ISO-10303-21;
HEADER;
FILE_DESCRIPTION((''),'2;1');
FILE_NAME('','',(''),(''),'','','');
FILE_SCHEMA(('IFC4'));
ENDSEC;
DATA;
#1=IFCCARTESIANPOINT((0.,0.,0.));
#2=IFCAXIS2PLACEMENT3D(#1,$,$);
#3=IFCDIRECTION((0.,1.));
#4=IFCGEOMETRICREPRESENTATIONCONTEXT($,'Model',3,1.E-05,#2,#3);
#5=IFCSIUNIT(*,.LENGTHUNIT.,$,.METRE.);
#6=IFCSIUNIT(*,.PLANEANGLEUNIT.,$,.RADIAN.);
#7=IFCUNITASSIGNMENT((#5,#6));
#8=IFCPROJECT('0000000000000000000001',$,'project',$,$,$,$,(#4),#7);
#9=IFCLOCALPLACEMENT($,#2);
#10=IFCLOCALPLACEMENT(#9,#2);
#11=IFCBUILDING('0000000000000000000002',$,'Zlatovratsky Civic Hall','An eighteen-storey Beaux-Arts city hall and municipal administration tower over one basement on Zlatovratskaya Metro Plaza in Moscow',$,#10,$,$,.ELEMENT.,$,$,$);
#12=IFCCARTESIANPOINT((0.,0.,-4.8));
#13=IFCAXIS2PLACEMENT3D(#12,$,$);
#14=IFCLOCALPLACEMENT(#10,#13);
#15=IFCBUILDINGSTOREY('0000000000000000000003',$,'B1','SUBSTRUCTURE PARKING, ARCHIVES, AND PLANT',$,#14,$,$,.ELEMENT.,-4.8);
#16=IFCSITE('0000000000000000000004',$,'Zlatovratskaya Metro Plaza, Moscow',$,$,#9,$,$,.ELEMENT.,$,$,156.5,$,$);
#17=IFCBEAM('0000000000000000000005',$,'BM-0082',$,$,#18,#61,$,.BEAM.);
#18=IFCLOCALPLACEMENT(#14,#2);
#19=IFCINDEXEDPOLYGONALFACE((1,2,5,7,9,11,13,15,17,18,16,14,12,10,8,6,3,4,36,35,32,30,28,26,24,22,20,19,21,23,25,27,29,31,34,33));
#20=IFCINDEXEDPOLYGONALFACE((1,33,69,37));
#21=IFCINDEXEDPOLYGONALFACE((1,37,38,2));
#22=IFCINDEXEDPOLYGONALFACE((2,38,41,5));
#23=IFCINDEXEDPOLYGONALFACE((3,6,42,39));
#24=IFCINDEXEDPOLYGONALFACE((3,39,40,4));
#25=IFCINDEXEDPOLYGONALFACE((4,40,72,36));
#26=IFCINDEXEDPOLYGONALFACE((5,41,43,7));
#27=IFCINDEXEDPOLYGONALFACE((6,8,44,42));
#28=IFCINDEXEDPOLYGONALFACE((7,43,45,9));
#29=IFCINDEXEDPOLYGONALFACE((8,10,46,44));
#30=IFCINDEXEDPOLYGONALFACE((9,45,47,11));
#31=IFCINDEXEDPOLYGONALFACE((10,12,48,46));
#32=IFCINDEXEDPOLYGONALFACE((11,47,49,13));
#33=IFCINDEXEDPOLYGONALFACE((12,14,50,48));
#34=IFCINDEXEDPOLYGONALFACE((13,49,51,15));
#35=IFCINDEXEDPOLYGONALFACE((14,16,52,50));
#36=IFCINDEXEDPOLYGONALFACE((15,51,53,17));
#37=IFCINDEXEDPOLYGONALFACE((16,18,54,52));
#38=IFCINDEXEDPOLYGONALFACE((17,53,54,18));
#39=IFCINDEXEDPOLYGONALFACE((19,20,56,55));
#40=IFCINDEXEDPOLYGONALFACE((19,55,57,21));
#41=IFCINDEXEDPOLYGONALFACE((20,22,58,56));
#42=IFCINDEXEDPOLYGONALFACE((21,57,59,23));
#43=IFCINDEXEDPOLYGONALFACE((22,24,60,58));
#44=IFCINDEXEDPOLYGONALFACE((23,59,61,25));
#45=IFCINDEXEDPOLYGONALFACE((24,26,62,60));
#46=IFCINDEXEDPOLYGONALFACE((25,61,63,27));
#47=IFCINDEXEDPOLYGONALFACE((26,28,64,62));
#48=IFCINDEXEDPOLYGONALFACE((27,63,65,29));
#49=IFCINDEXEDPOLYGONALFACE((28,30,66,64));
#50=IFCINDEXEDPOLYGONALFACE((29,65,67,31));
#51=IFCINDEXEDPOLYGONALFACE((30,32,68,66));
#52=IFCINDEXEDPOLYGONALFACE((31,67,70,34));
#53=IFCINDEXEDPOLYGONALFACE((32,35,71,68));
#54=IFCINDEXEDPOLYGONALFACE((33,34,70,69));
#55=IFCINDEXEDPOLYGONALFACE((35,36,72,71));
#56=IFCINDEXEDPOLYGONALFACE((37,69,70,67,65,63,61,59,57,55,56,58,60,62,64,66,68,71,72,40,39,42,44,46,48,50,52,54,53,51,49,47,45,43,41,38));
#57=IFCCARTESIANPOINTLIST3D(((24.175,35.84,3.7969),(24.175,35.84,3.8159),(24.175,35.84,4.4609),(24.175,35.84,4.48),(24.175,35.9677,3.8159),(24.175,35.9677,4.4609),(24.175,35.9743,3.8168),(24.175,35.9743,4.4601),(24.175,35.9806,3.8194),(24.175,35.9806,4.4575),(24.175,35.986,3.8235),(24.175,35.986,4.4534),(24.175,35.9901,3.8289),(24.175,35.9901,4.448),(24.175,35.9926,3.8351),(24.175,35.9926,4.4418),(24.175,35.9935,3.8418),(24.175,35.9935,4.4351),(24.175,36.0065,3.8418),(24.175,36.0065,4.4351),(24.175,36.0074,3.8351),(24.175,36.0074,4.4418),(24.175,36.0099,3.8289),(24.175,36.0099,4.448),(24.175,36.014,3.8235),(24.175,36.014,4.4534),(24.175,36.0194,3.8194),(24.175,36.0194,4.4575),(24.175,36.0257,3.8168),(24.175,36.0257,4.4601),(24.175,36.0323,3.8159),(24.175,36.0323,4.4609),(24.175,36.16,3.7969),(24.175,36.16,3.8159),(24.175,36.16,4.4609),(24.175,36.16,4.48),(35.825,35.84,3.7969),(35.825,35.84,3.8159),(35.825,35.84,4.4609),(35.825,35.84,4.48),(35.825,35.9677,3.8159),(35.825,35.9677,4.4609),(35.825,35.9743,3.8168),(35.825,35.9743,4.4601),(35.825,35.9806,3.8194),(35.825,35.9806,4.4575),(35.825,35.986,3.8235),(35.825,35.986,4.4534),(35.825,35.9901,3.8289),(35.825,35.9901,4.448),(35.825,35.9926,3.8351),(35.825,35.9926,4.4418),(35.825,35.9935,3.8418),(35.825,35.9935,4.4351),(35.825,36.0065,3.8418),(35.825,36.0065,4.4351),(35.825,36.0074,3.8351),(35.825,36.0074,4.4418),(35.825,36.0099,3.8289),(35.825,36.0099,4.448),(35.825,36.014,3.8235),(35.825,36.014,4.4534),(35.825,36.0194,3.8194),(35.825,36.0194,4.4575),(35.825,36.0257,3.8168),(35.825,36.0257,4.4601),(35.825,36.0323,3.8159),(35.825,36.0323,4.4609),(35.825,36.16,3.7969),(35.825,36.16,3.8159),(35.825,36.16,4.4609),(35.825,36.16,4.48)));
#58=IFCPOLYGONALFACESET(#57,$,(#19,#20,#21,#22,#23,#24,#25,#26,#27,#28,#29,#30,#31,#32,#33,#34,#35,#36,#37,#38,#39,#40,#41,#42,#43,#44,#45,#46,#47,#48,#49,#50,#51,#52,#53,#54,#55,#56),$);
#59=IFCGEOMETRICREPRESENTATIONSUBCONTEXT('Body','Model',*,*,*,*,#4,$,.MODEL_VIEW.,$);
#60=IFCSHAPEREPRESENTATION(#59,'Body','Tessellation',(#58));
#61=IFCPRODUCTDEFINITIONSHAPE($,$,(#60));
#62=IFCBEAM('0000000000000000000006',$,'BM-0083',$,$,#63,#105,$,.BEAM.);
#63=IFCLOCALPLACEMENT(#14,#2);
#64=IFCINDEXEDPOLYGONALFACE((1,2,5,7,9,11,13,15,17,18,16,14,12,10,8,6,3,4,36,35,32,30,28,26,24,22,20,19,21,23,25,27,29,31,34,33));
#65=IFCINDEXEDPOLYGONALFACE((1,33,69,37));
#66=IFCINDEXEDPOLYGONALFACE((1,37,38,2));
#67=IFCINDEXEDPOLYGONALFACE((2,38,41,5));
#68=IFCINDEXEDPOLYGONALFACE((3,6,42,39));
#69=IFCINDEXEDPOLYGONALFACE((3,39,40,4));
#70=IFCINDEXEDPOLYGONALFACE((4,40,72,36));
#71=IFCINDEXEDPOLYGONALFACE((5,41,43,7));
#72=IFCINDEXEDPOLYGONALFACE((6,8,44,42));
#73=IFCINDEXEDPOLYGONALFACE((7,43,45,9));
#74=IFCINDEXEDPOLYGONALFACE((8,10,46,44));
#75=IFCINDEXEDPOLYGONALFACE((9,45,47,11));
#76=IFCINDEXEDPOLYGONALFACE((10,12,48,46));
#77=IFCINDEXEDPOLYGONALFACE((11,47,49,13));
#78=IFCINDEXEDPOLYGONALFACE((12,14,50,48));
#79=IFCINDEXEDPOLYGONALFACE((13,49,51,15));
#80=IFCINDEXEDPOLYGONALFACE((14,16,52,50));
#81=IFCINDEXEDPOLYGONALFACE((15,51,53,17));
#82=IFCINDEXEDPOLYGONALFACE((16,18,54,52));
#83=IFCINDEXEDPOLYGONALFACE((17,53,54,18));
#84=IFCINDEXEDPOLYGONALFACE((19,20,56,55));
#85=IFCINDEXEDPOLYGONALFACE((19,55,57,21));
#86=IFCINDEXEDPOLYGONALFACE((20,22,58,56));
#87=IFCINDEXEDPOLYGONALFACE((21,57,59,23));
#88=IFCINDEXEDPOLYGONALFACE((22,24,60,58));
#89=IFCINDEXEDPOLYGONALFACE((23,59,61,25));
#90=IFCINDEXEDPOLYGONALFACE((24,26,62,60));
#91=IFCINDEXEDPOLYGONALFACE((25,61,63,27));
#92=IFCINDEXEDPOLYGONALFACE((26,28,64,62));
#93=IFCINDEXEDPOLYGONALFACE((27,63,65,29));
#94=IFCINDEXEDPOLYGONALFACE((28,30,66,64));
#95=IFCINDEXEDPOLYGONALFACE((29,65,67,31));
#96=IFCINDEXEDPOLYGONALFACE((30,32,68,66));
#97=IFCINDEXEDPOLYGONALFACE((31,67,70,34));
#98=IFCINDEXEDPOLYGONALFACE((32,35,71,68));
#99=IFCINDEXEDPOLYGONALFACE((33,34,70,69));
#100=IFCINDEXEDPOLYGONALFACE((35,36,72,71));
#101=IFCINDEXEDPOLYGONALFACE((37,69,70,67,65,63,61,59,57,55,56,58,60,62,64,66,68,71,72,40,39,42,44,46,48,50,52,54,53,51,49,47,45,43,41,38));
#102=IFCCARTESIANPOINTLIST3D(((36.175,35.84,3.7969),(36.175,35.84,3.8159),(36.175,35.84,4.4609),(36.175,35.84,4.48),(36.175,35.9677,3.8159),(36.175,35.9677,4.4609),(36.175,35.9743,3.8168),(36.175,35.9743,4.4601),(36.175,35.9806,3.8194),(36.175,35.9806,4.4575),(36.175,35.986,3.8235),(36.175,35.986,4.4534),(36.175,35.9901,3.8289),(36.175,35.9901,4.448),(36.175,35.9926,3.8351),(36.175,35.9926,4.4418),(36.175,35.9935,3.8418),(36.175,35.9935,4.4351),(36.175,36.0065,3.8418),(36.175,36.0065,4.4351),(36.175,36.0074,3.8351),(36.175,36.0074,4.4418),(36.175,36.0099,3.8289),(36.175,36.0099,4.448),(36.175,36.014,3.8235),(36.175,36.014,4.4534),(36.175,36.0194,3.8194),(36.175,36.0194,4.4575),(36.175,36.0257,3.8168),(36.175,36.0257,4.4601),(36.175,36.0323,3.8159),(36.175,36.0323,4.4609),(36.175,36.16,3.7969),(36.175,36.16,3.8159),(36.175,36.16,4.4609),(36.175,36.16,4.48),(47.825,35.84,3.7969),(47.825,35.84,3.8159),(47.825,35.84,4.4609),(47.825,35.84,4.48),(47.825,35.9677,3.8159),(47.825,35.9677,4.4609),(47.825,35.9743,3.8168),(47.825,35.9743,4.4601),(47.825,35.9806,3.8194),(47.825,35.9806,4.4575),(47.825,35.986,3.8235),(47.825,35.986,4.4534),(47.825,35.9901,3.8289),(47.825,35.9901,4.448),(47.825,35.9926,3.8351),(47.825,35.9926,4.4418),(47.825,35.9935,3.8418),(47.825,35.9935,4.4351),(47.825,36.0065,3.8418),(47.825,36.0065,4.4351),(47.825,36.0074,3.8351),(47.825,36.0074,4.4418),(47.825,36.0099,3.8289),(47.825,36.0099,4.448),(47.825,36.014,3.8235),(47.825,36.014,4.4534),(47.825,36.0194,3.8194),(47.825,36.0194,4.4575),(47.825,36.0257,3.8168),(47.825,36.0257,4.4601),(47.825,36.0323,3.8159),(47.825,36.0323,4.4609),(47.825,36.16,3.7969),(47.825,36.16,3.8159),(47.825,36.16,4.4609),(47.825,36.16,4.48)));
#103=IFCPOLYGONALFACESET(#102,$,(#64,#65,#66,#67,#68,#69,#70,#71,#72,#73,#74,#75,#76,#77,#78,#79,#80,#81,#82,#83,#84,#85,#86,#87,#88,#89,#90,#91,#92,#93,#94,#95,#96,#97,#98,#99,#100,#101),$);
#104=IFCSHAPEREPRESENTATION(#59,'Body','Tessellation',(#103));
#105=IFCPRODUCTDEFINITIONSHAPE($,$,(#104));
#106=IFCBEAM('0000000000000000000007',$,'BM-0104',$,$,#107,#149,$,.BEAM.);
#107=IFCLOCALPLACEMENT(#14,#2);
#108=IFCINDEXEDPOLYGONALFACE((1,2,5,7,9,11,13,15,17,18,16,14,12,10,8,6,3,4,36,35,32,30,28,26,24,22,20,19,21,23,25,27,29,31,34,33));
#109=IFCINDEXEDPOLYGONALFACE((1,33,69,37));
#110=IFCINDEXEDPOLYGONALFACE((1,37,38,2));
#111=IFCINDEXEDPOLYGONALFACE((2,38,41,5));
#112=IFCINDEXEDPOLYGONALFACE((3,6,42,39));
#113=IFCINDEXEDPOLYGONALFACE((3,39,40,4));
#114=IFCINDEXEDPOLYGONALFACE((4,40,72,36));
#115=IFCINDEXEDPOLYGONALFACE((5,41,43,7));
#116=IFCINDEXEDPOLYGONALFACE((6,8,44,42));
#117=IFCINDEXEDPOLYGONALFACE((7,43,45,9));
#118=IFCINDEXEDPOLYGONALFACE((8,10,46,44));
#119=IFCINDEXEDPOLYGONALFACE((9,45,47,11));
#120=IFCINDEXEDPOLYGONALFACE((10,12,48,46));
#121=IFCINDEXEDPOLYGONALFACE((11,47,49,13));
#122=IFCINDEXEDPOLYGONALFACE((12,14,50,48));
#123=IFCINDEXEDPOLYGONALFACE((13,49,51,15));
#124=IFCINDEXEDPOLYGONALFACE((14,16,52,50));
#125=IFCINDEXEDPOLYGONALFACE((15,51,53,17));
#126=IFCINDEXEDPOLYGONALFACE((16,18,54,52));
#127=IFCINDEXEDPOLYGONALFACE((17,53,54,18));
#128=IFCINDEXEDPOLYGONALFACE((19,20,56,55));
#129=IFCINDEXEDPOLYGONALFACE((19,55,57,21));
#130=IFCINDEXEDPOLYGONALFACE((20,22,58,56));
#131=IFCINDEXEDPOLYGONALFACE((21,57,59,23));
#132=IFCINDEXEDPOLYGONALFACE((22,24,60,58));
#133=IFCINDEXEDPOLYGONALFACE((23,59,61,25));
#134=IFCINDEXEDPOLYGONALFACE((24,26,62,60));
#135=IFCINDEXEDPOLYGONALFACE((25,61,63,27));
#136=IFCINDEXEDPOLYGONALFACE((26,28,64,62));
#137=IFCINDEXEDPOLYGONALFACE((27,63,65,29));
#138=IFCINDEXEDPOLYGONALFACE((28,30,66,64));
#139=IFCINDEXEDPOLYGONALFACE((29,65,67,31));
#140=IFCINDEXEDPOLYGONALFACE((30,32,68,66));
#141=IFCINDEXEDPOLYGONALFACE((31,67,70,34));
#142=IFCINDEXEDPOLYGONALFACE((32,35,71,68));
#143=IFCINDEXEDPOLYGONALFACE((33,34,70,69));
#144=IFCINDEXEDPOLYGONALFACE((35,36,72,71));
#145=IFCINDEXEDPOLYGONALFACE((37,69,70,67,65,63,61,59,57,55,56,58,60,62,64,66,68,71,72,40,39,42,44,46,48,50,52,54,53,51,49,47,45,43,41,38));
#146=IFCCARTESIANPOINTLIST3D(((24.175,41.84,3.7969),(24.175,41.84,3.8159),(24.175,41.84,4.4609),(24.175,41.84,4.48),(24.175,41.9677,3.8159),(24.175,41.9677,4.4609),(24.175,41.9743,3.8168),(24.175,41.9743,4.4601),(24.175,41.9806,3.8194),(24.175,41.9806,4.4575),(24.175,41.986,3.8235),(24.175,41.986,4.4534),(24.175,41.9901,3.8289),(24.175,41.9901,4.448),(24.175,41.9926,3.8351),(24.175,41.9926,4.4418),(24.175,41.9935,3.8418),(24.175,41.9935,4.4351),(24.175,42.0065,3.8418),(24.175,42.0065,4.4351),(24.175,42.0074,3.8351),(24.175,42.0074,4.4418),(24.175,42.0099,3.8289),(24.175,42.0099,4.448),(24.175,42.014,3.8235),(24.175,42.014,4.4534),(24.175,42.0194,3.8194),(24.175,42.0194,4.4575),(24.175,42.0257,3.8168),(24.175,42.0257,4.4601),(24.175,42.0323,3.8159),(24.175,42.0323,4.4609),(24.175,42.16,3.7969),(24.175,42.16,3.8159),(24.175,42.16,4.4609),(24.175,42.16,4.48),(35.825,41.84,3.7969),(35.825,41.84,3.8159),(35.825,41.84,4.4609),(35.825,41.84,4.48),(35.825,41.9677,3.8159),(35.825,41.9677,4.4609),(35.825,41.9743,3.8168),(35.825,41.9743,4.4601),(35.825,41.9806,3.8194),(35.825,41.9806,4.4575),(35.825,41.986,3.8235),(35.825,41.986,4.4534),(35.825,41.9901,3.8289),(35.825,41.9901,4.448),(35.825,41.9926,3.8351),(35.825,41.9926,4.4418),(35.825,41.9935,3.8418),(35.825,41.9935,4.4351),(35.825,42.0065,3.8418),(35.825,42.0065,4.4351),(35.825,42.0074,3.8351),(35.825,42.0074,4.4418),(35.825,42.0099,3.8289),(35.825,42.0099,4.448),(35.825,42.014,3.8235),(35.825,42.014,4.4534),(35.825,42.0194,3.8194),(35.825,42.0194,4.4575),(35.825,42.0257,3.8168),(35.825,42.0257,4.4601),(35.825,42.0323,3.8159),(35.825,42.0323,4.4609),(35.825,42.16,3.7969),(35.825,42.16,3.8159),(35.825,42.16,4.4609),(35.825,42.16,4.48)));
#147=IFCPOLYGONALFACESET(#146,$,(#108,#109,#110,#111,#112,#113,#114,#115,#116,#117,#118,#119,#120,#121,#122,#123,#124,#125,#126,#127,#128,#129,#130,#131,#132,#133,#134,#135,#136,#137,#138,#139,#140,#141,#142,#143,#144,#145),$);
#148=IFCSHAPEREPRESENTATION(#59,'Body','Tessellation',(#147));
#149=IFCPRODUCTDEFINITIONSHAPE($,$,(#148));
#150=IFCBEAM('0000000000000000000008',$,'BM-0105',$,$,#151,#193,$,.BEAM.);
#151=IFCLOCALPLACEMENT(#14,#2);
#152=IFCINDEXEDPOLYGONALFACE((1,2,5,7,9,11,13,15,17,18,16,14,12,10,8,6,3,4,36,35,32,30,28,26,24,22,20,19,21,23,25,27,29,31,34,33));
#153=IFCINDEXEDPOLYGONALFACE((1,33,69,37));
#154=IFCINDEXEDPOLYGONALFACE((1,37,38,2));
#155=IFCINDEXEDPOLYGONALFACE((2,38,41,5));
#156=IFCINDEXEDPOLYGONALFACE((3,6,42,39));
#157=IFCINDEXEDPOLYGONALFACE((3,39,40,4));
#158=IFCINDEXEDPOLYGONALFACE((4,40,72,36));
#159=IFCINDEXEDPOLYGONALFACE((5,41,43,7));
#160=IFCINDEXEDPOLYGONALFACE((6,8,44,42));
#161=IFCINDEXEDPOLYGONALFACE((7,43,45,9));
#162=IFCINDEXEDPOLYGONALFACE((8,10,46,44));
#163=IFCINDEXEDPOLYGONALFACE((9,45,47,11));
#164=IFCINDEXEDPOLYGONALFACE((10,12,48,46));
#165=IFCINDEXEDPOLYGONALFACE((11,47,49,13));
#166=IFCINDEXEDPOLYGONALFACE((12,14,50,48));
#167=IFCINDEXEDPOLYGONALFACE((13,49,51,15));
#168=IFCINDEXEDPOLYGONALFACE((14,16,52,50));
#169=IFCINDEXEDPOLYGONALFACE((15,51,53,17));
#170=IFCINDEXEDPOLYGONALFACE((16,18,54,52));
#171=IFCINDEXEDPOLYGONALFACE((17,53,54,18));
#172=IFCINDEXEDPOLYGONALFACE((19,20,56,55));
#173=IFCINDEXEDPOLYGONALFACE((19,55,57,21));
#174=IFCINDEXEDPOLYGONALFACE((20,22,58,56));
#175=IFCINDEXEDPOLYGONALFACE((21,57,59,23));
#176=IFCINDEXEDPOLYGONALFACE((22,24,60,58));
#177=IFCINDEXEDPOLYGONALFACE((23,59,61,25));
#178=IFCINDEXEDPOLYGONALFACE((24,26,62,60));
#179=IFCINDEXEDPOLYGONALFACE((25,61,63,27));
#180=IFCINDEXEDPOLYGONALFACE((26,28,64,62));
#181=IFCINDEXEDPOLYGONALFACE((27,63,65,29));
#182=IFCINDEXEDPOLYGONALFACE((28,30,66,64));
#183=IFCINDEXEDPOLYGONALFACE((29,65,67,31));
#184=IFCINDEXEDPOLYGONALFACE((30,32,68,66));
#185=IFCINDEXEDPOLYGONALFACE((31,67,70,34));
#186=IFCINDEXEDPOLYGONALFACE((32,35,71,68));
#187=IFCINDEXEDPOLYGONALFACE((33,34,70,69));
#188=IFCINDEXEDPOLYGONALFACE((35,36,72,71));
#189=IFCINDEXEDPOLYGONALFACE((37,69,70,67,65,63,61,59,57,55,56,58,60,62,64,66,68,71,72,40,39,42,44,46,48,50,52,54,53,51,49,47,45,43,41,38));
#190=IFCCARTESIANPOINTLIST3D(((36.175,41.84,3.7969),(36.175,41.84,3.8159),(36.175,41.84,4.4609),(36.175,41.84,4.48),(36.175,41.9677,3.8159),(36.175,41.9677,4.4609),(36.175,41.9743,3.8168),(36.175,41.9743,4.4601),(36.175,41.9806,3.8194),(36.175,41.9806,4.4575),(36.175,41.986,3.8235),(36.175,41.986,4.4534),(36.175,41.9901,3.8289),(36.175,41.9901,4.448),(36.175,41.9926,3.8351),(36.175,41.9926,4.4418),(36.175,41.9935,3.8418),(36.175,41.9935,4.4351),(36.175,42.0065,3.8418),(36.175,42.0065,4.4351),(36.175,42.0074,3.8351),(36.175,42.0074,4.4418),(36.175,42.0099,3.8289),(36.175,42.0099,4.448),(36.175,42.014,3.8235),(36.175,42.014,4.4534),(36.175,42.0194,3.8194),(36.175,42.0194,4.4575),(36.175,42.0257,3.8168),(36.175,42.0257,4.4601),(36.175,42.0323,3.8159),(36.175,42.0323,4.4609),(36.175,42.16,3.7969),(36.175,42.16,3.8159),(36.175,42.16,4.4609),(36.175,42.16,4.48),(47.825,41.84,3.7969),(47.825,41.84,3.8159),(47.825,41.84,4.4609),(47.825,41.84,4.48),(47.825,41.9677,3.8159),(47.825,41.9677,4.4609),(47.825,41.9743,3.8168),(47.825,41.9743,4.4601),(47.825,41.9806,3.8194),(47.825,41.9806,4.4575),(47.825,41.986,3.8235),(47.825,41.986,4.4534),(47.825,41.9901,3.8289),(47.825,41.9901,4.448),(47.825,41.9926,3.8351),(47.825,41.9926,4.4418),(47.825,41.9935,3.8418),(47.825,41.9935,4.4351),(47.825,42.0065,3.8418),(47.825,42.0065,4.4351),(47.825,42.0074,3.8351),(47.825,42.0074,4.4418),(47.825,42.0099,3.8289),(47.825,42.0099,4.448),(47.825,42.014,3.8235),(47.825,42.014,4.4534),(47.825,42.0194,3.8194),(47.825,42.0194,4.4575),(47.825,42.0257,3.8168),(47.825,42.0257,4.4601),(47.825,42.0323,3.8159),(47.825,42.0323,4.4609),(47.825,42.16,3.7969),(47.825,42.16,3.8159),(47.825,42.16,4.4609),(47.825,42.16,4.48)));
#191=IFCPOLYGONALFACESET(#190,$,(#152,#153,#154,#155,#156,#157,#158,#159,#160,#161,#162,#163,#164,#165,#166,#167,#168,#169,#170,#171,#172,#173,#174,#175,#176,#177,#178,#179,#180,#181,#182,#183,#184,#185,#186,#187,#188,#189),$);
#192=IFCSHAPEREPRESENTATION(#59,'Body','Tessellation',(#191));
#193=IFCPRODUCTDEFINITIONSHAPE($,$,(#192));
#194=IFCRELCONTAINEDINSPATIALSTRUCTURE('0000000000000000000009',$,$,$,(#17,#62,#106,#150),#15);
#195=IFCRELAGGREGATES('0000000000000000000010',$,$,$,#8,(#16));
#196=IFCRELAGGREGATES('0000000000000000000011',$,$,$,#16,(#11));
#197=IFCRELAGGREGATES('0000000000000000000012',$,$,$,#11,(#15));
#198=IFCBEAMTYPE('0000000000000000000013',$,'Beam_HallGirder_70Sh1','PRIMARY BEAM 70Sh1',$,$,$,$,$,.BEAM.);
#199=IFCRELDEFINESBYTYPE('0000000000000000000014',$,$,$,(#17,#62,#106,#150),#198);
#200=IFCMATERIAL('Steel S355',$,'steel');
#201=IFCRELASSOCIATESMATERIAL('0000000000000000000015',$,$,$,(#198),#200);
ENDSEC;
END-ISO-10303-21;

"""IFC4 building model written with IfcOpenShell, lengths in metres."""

from ifc_helpers import new_model, si_unit, direction, frame, origin, origin_2d, place, context, subcontext, project, spatial, i_section, extrude, material, material_profile, profile_set, type_object, element, save


model = new_model("IFC4")

# Units and contexts
model_context = context("Model", 3, precision=1e-05, world=origin(), true_north=direction((0.0, 1.0)))
body_context = subcontext(model_context, "Body", "Model", "MODEL_VIEW")
ifc_project = project(units=[si_unit("LENGTHUNIT", "METRE"), si_unit("PLANEANGLEUNIT", "RADIAN")], contexts=[model_context])

# Site, building, storey
site_placement = place(None, origin())
site = spatial("IfcSite", under=ifc_project, at=site_placement, Name="Zlatovratskaya Metro Plaza, Moscow", CompositionType="ELEMENT", RefElevation=156.5)
building_placement = place(site_placement, origin())
building = spatial("IfcBuilding", under=site, at=building_placement, Name="Zlatovratsky Civic Hall", Description="An eighteen-storey Beaux-Arts city hall and municipal administration tower over one basement on Zlatovratskaya Metro Plaza in Moscow", CompositionType="ELEMENT")
storey_placement = place(building_placement, frame((0.0, 0.0, -4.8)))
storey = spatial("IfcBuildingStorey", under=building, at=storey_placement, Name="B1", Description="SUBSTRUCTURE PARKING, ARCHIVES, AND PLANT", CompositionType="ELEMENT", Elevation=-4.8)

# Shared definitions
ifc_material_1 = material(Name="Steel S355", Category="steel")

# Beams
ifc_material_profile_1 = material_profile(ifc_material_1, i_section(OverallWidth=0.3201, OverallDepth=0.6831, WebThickness=0.0129, FlangeThickness=0.019, FilletRadius=0.0259, at=origin_2d()), Name="70Sh1")
ifc_profile_set_1 = profile_set([ifc_material_profile_1], Name="Steel S355")
beam_type_1 = type_object("IfcBeamType", Name="Beam_HallGirder_70Sh1", Description="PRIMARY BEAM 70Sh1", PredefinedType="BEAM", material=ifc_profile_set_1)
for number, where, z_axis, x_axis, name in (
    (1, (24.175, 36.0, 4.1384), (1.0, 0.0, 0.0), (0.0, 1.0, 0.0), "BM-0082"),
    (2, (36.175, 36.0, 4.1384), (1.0, 0.0, 0.0), (0.0, 1.0, 0.0), "BM-0083"),
    (3, (24.175, 42.0, 4.1384), (1.0, 0.0, 0.0), (0.0, 1.0, 0.0), "BM-0104"),
    (4, (36.175, 42.0, 4.1384), (1.0, 0.0, 0.0), (0.0, 1.0, 0.0), "BM-0105"),
):
    element("IfcBeam", number, at=place(storey_placement, frame(where, z_axis=z_axis, x_axis=x_axis)), inside=storey, type_object=beam_type_1, Name=name, PredefinedType="BEAM", context=body_context, shape_type="SweptSolid", body=[
        extrude(i_section(OverallWidth=0.3201, OverallDepth=0.6831, WebThickness=0.0129, FlangeThickness=0.019, FilletRadius=0.0259, at=origin_2d()), origin(), (0.0, 0.0, 1.0), 11.6499),
    ])

save(model, "model.ifc")
